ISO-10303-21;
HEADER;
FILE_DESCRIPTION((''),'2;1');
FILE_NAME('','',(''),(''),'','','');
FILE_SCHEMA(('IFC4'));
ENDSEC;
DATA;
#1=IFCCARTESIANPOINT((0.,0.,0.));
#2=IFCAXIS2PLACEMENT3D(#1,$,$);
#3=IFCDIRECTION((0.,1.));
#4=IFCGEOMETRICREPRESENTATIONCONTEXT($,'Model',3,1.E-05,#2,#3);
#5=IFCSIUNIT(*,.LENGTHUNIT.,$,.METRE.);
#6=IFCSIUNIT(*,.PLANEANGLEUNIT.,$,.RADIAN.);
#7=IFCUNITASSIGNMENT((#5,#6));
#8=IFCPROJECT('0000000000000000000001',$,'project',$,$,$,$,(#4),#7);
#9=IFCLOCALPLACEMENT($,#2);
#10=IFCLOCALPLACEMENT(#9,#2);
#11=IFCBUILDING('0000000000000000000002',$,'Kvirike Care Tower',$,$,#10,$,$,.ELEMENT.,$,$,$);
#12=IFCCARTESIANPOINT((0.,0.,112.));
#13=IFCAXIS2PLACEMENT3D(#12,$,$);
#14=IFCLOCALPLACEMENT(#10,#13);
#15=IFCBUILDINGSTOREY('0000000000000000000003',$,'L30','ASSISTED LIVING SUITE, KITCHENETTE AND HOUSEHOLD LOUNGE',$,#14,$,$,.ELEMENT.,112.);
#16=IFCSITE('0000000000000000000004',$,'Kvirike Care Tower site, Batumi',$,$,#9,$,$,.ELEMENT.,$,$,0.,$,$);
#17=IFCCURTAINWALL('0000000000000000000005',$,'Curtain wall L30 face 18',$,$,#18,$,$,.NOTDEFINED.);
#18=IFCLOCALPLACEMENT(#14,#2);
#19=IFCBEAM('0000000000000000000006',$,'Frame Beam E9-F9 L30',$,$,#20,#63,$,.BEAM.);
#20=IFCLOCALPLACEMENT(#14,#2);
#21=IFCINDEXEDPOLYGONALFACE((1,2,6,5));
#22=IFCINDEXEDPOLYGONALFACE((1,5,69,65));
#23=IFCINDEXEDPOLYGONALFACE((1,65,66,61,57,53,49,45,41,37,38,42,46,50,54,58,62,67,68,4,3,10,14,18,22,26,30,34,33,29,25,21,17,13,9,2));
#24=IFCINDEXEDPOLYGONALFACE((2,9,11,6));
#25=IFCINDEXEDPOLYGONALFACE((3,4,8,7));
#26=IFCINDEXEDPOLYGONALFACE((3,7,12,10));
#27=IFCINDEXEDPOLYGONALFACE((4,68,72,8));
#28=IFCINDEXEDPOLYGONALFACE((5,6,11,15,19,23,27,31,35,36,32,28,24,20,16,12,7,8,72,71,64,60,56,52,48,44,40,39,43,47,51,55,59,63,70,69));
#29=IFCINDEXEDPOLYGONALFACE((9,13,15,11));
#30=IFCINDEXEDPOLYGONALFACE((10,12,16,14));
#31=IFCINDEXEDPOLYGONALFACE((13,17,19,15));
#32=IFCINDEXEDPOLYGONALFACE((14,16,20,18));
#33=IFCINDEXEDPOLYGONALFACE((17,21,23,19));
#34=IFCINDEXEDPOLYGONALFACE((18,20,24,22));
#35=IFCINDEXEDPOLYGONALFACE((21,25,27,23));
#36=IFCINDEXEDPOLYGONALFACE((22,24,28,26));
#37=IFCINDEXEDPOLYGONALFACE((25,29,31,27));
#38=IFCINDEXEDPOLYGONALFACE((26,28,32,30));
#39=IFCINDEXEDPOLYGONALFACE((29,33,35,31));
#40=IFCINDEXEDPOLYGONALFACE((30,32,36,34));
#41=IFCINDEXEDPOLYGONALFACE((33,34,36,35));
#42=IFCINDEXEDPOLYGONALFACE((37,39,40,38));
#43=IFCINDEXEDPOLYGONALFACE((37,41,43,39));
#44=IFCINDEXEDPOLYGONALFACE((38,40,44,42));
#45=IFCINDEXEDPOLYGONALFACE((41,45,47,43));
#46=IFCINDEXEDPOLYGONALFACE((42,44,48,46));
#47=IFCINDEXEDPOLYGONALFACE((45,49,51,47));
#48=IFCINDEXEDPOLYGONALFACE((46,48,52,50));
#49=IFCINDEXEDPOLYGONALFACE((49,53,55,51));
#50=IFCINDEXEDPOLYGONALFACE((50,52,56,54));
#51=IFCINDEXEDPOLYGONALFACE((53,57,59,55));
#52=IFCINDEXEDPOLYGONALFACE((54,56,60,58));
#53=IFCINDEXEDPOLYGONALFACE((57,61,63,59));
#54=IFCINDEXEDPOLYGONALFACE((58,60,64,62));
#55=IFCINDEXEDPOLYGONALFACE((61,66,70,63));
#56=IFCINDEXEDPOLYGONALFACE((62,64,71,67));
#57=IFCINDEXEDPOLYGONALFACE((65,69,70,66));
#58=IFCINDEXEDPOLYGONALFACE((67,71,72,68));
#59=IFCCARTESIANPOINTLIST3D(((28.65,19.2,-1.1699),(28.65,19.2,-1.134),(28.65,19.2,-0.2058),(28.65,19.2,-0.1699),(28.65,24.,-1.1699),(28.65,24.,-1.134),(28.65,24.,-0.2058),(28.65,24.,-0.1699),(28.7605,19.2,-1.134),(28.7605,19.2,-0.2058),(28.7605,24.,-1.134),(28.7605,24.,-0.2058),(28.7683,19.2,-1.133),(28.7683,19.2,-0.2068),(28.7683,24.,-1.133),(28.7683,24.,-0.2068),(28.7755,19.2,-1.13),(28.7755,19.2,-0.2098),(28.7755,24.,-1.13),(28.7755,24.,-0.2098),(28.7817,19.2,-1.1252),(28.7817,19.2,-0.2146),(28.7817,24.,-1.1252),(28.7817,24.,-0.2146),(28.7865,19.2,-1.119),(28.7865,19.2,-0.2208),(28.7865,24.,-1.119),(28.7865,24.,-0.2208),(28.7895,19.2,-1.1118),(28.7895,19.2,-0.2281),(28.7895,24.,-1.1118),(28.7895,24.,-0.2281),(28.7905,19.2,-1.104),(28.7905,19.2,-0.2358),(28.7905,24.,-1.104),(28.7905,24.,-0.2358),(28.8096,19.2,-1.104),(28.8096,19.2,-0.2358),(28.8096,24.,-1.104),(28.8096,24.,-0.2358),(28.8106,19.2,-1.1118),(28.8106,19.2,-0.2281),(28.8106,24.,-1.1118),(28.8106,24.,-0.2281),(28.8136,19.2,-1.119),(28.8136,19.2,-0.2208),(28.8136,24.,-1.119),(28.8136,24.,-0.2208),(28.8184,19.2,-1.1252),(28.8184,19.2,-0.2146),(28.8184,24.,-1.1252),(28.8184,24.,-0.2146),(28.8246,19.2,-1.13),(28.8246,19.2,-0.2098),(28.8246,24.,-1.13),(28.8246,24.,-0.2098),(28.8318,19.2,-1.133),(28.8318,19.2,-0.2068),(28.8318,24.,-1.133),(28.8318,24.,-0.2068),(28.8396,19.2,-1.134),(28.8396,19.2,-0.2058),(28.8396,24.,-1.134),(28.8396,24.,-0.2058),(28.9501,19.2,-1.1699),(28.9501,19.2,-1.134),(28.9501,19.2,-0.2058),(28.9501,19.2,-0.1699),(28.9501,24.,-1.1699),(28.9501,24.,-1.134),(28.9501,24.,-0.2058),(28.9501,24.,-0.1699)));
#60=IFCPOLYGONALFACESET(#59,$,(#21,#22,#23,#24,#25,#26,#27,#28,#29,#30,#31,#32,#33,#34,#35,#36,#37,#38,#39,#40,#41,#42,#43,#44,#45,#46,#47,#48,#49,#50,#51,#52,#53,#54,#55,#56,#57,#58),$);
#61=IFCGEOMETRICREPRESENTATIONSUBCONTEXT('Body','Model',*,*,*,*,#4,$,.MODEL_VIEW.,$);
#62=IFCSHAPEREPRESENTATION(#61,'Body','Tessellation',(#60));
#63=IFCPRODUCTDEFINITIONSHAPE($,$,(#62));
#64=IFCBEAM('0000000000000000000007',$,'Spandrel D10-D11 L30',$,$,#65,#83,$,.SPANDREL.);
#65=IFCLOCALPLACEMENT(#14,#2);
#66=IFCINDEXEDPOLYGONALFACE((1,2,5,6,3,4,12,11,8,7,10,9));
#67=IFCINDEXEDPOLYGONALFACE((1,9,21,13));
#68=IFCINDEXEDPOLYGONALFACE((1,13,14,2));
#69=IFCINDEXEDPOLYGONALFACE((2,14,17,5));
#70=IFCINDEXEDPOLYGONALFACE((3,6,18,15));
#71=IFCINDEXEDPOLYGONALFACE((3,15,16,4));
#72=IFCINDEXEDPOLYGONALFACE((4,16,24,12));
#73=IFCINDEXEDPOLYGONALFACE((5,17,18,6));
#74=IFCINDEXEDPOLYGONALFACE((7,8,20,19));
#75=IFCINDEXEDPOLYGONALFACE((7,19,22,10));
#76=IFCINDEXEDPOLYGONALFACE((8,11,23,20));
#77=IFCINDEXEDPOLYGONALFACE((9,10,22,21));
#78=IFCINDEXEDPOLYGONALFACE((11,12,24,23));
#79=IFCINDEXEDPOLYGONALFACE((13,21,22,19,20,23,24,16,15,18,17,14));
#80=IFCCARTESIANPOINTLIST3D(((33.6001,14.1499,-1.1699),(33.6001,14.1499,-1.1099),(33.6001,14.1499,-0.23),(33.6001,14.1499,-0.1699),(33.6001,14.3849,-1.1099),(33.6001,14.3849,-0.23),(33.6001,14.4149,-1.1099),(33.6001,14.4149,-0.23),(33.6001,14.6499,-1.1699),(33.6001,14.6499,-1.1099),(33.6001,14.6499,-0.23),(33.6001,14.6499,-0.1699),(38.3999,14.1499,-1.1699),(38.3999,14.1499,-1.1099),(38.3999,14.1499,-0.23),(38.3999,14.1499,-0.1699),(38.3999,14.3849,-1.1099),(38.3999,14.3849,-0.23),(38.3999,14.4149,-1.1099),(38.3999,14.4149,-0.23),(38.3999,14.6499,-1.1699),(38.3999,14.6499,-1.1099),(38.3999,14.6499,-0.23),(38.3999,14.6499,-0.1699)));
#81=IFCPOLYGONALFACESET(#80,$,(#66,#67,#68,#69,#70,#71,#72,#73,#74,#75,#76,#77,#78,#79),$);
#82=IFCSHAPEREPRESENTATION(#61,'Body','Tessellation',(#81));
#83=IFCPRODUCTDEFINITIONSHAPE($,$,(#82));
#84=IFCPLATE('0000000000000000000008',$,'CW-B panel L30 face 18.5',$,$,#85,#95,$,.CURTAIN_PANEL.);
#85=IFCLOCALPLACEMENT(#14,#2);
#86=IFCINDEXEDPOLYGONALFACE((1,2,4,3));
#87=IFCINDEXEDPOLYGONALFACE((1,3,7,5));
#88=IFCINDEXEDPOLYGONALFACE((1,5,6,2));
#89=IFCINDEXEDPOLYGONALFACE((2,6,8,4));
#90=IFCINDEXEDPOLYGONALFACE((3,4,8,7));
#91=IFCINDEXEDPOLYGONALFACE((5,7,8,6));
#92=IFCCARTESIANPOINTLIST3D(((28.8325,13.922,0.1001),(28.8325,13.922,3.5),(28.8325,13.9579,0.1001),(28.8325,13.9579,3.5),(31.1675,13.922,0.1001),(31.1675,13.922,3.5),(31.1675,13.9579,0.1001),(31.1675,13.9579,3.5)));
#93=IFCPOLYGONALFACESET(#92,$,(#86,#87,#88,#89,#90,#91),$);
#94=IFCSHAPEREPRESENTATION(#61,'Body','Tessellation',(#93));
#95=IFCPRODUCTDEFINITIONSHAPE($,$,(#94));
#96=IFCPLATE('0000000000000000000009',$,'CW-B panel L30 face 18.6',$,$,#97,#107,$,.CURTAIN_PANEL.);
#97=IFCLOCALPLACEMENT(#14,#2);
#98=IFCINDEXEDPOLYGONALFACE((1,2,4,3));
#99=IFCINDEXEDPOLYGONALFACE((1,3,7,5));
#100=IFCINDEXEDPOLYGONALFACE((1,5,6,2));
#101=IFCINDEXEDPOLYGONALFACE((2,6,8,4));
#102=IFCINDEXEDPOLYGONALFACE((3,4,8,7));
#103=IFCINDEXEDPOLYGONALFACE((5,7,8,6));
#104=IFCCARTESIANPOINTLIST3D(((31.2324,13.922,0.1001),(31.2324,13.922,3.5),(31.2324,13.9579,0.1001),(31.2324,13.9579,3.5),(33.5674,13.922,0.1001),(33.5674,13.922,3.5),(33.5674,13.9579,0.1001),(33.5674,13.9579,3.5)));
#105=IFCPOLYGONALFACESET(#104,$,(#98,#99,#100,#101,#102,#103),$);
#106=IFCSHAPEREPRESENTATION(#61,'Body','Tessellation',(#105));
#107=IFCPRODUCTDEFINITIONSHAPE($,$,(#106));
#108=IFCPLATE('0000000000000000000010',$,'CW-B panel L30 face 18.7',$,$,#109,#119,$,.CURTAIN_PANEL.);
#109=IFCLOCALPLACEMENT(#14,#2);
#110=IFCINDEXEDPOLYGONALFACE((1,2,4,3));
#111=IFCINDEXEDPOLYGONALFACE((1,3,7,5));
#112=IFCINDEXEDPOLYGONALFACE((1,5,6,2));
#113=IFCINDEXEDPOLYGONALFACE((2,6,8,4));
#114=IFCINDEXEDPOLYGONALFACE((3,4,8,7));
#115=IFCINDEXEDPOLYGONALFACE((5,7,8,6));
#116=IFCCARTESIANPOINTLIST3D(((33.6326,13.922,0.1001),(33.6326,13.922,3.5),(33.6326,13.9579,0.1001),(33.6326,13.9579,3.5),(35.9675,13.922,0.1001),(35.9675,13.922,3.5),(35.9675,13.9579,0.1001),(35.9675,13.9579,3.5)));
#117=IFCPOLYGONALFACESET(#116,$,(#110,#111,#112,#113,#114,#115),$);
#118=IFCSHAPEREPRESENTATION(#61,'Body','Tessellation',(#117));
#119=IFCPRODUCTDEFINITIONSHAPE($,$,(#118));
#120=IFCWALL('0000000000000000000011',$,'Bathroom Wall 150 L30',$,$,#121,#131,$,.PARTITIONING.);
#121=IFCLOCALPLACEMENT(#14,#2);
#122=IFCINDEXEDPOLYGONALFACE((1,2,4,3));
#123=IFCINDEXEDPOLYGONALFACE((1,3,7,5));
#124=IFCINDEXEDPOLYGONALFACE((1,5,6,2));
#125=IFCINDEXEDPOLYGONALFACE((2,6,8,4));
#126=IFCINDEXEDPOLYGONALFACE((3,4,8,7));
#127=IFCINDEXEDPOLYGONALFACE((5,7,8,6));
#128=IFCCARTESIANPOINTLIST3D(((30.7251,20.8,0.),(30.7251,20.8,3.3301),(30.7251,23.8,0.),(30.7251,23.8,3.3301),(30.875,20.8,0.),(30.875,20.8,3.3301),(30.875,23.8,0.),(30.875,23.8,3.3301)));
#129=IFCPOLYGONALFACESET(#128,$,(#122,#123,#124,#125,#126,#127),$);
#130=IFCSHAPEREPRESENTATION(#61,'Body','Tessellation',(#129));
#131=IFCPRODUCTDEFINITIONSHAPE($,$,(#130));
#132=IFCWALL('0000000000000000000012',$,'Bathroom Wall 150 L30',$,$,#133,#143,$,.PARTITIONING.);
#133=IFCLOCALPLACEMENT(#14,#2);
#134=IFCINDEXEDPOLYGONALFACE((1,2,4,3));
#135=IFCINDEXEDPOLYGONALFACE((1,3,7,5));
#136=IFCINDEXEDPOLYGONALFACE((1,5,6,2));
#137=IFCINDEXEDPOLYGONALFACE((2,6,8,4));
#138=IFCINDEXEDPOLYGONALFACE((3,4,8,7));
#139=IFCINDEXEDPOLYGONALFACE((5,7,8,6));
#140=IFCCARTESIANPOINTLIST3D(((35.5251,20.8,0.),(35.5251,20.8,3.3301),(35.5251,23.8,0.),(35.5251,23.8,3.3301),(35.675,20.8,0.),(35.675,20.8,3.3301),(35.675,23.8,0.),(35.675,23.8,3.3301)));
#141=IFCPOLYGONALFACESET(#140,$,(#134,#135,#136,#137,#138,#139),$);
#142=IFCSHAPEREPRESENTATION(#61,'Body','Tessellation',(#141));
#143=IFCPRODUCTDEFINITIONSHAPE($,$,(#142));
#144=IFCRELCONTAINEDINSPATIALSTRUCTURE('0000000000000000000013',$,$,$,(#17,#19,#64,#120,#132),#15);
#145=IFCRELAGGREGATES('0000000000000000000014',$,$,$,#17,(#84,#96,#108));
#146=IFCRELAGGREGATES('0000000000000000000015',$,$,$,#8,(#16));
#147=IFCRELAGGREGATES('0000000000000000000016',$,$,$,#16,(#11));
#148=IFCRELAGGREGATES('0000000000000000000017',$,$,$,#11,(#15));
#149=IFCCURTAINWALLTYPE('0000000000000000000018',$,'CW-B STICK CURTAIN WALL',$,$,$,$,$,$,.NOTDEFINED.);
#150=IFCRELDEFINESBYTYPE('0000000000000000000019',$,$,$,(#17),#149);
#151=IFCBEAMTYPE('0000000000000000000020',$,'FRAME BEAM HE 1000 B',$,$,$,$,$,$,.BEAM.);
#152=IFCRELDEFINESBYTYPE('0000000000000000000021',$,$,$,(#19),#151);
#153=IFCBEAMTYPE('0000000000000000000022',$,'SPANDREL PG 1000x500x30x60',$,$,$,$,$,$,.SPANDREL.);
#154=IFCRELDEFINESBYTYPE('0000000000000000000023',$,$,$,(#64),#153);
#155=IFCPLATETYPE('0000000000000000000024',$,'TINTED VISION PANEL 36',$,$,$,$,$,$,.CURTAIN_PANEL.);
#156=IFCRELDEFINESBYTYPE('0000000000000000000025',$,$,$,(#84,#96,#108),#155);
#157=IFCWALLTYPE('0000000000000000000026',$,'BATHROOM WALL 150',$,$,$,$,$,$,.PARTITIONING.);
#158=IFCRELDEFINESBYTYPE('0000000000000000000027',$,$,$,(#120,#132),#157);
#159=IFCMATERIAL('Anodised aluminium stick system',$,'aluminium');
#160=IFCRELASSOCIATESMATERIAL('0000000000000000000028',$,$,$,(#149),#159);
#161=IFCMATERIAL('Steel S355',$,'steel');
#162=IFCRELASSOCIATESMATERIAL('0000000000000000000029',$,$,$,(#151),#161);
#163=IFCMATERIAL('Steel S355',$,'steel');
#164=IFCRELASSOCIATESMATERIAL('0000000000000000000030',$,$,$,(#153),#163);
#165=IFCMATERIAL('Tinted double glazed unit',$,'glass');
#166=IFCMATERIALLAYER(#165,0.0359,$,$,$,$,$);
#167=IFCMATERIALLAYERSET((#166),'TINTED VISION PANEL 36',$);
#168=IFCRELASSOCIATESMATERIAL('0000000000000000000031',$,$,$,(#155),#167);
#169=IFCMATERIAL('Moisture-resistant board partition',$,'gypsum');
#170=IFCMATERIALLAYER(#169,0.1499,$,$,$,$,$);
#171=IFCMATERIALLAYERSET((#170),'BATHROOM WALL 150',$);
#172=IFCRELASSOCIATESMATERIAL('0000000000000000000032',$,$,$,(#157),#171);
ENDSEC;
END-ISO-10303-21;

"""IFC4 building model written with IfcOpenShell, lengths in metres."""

from ifc_helpers import new_model, si_unit, direction, frame, frame_2d, origin, origin_2d, place, context, subcontext, project, spatial, rectangle, i_section, extrude, material, layer, layer_set, material_profile, profile_set, type_object, element, aggregate, save


model = new_model("IFC4")

# Units and contexts
model_context = context("Model", 3, precision=1e-05, world=origin(), true_north=direction((0.0, 1.0)))
body_context = subcontext(model_context, "Body", "Model", "MODEL_VIEW")
ifc_project = project(units=[si_unit("LENGTHUNIT", "METRE"), si_unit("PLANEANGLEUNIT", "RADIAN")], contexts=[model_context])

# Site, building, storey
site_placement = place(None, origin())
site = spatial("IfcSite", under=ifc_project, at=site_placement, Name="Kvirike Care Tower site, Batumi", CompositionType="ELEMENT", RefElevation=0.0)
building_placement = place(site_placement, origin())
building = spatial("IfcBuilding", under=site, at=building_placement, Name="Kvirike Care Tower", CompositionType="ELEMENT")
storey_placement = place(building_placement, frame((0.0, 0.0, 112.0)))
storey = spatial("IfcBuildingStorey", under=building, at=storey_placement, Name="L30", Description="ASSISTED LIVING SUITE, KITCHENETTE AND HOUSEHOLD LOUNGE", CompositionType="ELEMENT", Elevation=112.0)

# Curtain wall
ifc_material_1 = material(Name="Anodised aluminium stick system", Category="aluminium")
curtain_wall_type = type_object("IfcCurtainWallType", Name="CW-B STICK CURTAIN WALL", PredefinedType="NOTDEFINED", material=ifc_material_1)
curtain_wall_placement = place(storey_placement, origin())
curtain_wall = element("IfcCurtainWall", 1, at=curtain_wall_placement, inside=storey, type_object=curtain_wall_type, Name="Curtain wall L30 face 18", PredefinedType="NOTDEFINED")

# Beams
ifc_material_2 = material(Name="Steel S355", Category="steel")
ifc_material_profile_1 = material_profile(ifc_material_2, i_section(OverallWidth=0.3, OverallDepth=1.0, WebThickness=0.019, FlangeThickness=0.0359, FilletRadius=0.03, at=origin_2d()), Name="HE 1000 B")
ifc_profile_set_1 = profile_set([ifc_material_profile_1], Name="Steel S355")
beam_type_1 = type_object("IfcBeamType", Name="FRAME BEAM HE 1000 B", PredefinedType="BEAM", material=ifc_profile_set_1)
beam_1_placement = place(storey_placement, frame((28.8, 19.2, -0.6699), z_axis=(0.0, 1.0, 0.0), x_axis=(-1.0, 0.0, 0.0)))
element("IfcBeam", 2, at=beam_1_placement, inside=storey, type_object=beam_type_1, Name="Frame Beam E9-F9 L30", PredefinedType="BEAM", context=body_context, shape_type="SweptSolid", body=[
    extrude(i_section(OverallWidth=0.3, OverallDepth=1.0, WebThickness=0.019, FlangeThickness=0.0359, FilletRadius=0.03, at=origin_2d()), origin(), (0.0, 0.0, 1.0), 4.8),
])
ifc_material_3 = material(Name="Steel S355", Category="steel")
ifc_material_profile_2 = material_profile(ifc_material_3, i_section(OverallWidth=0.5, OverallDepth=1.0, WebThickness=0.03, FlangeThickness=0.0601, at=origin_2d()), Name="PG 1000x500x30x60")
ifc_profile_set_2 = profile_set([ifc_material_profile_2], Name="Steel S355")
beam_type_2 = type_object("IfcBeamType", Name="SPANDREL PG 1000x500x30x60", PredefinedType="SPANDREL", material=ifc_profile_set_2)
beam_2_placement = place(storey_placement, frame((33.6001, 14.3999, -0.6699), z_axis=(1.0, 0.0, 0.0), x_axis=(0.0, 1.0, 0.0)))
element("IfcBeam", 3, at=beam_2_placement, inside=storey, type_object=beam_type_2, Name="Spandrel D10-D11 L30", PredefinedType="SPANDREL", context=body_context, shape_type="SweptSolid", body=[
    extrude(i_section(OverallWidth=0.5, OverallDepth=1.0, WebThickness=0.03, FlangeThickness=0.0601, at=origin_2d()), origin(), (0.0, 0.0, 1.0), 4.7998),
])

# Plates
ifc_material_4 = material(Name="Tinted double glazed unit", Category="glass")
ifc_layer_1 = layer(ifc_material_4, 0.0359)
ifc_layer_set_1 = layer_set([ifc_layer_1], Name="TINTED VISION PANEL 36")
plate_type = type_object("IfcPlateType", Name="TINTED VISION PANEL 36", PredefinedType="CURTAIN_PANEL", material=ifc_layer_set_1)
plate_1_placement = place(storey_placement, frame((30.0, 13.9399, 0.1001), z_axis=(0.0, 0.0, 1.0), x_axis=(1.0, 0.0, 0.0)))
plate_1 = element("IfcPlate", 4, at=plate_1_placement, type_object=plate_type, Name="CW-B panel L30 face 18.5", PredefinedType="CURTAIN_PANEL", context=body_context, shape_type="SweptSolid", body=[
    extrude(rectangle(XDim=2.335, YDim=0.0359, at=origin_2d()), origin(), (0.0, 0.0, 1.0), 3.3999),
])
plate_2_placement = place(storey_placement, frame((32.3999, 13.9399, 0.1001), z_axis=(0.0, 0.0, 1.0), x_axis=(1.0, 0.0, 0.0)))
plate_2 = element("IfcPlate", 5, at=plate_2_placement, type_object=plate_type, Name="CW-B panel L30 face 18.6", PredefinedType="CURTAIN_PANEL", context=body_context, shape_type="SweptSolid", body=[
    extrude(rectangle(XDim=2.335, YDim=0.0359, at=origin_2d()), origin(), (0.0, 0.0, 1.0), 3.3999),
])
plate_3_placement = place(storey_placement, frame((34.8, 13.9399, 0.1001), z_axis=(0.0, 0.0, 1.0), x_axis=(1.0, 0.0, 0.0)))
plate_3 = element("IfcPlate", 6, at=plate_3_placement, type_object=plate_type, Name="CW-B panel L30 face 18.7", PredefinedType="CURTAIN_PANEL", context=body_context, shape_type="SweptSolid", body=[
    extrude(rectangle(XDim=2.335, YDim=0.0359, at=origin_2d()), origin(), (0.0, 0.0, 1.0), 3.3999),
])
aggregate(curtain_wall, [plate_1, plate_2, plate_3])

# Walls
ifc_material_5 = material(Name="Moisture-resistant board partition", Category="gypsum")
ifc_layer_2 = layer(ifc_material_5, 0.1499)
ifc_layer_set_2 = layer_set([ifc_layer_2], Name="BATHROOM WALL 150")
wall_type_1 = type_object("IfcWallType", Name="BATHROOM WALL 150", PredefinedType="PARTITIONING", material=ifc_layer_set_2)
for number, where, z_axis, x_axis, name in (
    (7, (30.8, 20.8, 0.0), (0.0, 0.0, 1.0), (0.0, 1.0, 0.0), "Bathroom Wall 150 L30"),
    (8, (35.6001, 20.8, 0.0), (0.0, 0.0, 1.0), (0.0, 1.0, 0.0), "Bathroom Wall 150 L30"),
):
    element("IfcWall", number, at=place(storey_placement, frame(where, z_axis=z_axis, x_axis=x_axis)), inside=storey, type_object=wall_type_1, Name=name, PredefinedType="PARTITIONING", context=body_context, shape_type="SweptSolid", body=[
        extrude(rectangle(XDim=3.0, YDim=0.1499, at=frame_2d((1.5, 0.0))), origin(), (0.0, 0.0, 1.0), 3.3301),
    ])

save(model, "model.ifc")
